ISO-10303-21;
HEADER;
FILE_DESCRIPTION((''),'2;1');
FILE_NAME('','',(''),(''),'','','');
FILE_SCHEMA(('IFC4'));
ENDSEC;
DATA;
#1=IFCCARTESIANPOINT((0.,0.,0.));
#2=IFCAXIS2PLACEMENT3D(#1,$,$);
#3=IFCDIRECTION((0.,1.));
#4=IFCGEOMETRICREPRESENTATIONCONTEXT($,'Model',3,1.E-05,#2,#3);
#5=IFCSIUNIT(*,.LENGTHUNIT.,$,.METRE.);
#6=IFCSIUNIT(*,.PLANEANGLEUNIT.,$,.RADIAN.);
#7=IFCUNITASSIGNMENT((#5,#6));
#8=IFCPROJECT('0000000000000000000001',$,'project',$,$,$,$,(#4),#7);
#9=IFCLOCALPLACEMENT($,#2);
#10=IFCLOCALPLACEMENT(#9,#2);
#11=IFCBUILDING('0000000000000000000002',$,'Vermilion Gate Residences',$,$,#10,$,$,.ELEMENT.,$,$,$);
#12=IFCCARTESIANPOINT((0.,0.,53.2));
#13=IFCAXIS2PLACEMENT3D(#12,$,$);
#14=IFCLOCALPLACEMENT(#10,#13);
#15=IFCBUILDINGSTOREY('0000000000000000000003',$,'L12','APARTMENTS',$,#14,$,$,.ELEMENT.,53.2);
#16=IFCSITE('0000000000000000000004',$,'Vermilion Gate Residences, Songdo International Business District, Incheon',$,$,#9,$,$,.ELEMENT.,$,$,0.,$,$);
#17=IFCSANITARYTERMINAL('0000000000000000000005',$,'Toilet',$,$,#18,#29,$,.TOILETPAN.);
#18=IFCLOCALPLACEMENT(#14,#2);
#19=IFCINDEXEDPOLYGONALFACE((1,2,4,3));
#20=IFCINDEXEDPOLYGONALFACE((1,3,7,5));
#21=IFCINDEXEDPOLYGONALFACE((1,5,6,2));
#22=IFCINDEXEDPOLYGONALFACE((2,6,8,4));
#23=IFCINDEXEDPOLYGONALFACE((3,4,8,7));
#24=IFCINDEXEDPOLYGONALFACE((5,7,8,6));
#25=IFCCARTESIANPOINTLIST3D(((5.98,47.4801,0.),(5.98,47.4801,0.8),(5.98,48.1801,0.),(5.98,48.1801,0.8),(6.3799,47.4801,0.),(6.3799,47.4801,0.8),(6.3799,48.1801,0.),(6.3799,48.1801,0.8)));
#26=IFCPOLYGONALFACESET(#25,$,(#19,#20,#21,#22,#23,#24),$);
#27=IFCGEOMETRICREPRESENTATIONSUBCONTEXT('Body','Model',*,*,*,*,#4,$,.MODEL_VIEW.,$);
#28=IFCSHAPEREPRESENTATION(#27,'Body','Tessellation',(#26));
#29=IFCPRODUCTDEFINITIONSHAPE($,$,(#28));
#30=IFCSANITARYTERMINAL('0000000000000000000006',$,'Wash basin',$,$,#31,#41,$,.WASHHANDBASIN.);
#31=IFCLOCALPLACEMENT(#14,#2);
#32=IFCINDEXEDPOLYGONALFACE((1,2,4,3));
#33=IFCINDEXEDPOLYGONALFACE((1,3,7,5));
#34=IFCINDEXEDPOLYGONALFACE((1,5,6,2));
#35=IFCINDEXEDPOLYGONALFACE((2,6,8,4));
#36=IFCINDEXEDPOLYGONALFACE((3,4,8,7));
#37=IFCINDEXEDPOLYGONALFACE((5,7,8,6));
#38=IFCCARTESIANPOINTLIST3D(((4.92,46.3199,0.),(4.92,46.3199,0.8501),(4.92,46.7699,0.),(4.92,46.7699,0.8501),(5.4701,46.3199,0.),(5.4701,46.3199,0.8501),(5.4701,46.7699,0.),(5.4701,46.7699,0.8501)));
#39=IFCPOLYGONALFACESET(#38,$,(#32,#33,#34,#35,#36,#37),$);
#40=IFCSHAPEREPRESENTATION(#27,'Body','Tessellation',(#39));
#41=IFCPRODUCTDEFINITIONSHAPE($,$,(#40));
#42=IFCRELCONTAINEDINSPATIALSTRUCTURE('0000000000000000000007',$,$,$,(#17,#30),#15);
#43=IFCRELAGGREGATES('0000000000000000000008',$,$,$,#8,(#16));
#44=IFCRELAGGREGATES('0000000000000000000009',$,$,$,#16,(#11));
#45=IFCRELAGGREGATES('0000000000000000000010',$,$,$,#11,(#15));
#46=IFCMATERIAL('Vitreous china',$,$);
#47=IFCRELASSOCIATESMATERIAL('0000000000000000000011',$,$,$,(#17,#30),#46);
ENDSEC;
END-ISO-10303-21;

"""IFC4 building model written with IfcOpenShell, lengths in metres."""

from ifc_helpers import new_model, si_unit, direction, frame, origin, origin_2d, place, context, subcontext, project, spatial, rectangle, extrude, material, element, save


model = new_model("IFC4")

# Units and contexts
model_context = context("Model", 3, precision=1e-05, world=origin(), true_north=direction((0.0, 1.0)))
body_context = subcontext(model_context, "Body", "Model", "MODEL_VIEW")
ifc_project = project(units=[si_unit("LENGTHUNIT", "METRE"), si_unit("PLANEANGLEUNIT", "RADIAN")], contexts=[model_context])

# Site, building, storey
site_placement = place(None, origin())
site = spatial("IfcSite", under=ifc_project, at=site_placement, Name="Vermilion Gate Residences, Songdo International Business District, Incheon", CompositionType="ELEMENT", RefElevation=0.0)
building_placement = place(site_placement, origin())
building = spatial("IfcBuilding", under=site, at=building_placement, Name="Vermilion Gate Residences", CompositionType="ELEMENT")
storey_placement = place(building_placement, frame((0.0, 0.0, 53.2)))
storey = spatial("IfcBuildingStorey", under=building, at=storey_placement, Name="L12", Description="APARTMENTS", CompositionType="ELEMENT", Elevation=53.2)

# Sanitary terminals
ifc_material_1 = material(Name="Vitreous china")
sanitary_terminal_1_placement = place(storey_placement, frame((6.1799, 47.8301, 0.0), z_axis=(0.0, 0.0, 1.0), x_axis=(1.0, 0.0, 0.0)))
element("IfcSanitaryTerminal", 1, at=sanitary_terminal_1_placement, inside=storey, material=ifc_material_1, Name="Toilet", PredefinedType="TOILETPAN", context=body_context, shape_type="SweptSolid", body=[
    extrude(rectangle(XDim=0.3999, YDim=0.7, at=origin_2d()), origin(), (0.0, 0.0, 1.0), 0.8),
])
sanitary_terminal_2_placement = place(storey_placement, frame((5.1951, 46.5449, 0.0), z_axis=(0.0, 0.0, 1.0), x_axis=(1.0, 0.0, 0.0)))
element("IfcSanitaryTerminal", 2, at=sanitary_terminal_2_placement, inside=storey, material=ifc_material_1, Name="Wash basin", PredefinedType="WASHHANDBASIN", context=body_context, shape_type="SweptSolid", body=[
    extrude(rectangle(XDim=0.55, YDim=0.45, at=origin_2d()), origin(), (0.0, 0.0, 1.0), 0.8501),
])

save(model, "model.ifc")
